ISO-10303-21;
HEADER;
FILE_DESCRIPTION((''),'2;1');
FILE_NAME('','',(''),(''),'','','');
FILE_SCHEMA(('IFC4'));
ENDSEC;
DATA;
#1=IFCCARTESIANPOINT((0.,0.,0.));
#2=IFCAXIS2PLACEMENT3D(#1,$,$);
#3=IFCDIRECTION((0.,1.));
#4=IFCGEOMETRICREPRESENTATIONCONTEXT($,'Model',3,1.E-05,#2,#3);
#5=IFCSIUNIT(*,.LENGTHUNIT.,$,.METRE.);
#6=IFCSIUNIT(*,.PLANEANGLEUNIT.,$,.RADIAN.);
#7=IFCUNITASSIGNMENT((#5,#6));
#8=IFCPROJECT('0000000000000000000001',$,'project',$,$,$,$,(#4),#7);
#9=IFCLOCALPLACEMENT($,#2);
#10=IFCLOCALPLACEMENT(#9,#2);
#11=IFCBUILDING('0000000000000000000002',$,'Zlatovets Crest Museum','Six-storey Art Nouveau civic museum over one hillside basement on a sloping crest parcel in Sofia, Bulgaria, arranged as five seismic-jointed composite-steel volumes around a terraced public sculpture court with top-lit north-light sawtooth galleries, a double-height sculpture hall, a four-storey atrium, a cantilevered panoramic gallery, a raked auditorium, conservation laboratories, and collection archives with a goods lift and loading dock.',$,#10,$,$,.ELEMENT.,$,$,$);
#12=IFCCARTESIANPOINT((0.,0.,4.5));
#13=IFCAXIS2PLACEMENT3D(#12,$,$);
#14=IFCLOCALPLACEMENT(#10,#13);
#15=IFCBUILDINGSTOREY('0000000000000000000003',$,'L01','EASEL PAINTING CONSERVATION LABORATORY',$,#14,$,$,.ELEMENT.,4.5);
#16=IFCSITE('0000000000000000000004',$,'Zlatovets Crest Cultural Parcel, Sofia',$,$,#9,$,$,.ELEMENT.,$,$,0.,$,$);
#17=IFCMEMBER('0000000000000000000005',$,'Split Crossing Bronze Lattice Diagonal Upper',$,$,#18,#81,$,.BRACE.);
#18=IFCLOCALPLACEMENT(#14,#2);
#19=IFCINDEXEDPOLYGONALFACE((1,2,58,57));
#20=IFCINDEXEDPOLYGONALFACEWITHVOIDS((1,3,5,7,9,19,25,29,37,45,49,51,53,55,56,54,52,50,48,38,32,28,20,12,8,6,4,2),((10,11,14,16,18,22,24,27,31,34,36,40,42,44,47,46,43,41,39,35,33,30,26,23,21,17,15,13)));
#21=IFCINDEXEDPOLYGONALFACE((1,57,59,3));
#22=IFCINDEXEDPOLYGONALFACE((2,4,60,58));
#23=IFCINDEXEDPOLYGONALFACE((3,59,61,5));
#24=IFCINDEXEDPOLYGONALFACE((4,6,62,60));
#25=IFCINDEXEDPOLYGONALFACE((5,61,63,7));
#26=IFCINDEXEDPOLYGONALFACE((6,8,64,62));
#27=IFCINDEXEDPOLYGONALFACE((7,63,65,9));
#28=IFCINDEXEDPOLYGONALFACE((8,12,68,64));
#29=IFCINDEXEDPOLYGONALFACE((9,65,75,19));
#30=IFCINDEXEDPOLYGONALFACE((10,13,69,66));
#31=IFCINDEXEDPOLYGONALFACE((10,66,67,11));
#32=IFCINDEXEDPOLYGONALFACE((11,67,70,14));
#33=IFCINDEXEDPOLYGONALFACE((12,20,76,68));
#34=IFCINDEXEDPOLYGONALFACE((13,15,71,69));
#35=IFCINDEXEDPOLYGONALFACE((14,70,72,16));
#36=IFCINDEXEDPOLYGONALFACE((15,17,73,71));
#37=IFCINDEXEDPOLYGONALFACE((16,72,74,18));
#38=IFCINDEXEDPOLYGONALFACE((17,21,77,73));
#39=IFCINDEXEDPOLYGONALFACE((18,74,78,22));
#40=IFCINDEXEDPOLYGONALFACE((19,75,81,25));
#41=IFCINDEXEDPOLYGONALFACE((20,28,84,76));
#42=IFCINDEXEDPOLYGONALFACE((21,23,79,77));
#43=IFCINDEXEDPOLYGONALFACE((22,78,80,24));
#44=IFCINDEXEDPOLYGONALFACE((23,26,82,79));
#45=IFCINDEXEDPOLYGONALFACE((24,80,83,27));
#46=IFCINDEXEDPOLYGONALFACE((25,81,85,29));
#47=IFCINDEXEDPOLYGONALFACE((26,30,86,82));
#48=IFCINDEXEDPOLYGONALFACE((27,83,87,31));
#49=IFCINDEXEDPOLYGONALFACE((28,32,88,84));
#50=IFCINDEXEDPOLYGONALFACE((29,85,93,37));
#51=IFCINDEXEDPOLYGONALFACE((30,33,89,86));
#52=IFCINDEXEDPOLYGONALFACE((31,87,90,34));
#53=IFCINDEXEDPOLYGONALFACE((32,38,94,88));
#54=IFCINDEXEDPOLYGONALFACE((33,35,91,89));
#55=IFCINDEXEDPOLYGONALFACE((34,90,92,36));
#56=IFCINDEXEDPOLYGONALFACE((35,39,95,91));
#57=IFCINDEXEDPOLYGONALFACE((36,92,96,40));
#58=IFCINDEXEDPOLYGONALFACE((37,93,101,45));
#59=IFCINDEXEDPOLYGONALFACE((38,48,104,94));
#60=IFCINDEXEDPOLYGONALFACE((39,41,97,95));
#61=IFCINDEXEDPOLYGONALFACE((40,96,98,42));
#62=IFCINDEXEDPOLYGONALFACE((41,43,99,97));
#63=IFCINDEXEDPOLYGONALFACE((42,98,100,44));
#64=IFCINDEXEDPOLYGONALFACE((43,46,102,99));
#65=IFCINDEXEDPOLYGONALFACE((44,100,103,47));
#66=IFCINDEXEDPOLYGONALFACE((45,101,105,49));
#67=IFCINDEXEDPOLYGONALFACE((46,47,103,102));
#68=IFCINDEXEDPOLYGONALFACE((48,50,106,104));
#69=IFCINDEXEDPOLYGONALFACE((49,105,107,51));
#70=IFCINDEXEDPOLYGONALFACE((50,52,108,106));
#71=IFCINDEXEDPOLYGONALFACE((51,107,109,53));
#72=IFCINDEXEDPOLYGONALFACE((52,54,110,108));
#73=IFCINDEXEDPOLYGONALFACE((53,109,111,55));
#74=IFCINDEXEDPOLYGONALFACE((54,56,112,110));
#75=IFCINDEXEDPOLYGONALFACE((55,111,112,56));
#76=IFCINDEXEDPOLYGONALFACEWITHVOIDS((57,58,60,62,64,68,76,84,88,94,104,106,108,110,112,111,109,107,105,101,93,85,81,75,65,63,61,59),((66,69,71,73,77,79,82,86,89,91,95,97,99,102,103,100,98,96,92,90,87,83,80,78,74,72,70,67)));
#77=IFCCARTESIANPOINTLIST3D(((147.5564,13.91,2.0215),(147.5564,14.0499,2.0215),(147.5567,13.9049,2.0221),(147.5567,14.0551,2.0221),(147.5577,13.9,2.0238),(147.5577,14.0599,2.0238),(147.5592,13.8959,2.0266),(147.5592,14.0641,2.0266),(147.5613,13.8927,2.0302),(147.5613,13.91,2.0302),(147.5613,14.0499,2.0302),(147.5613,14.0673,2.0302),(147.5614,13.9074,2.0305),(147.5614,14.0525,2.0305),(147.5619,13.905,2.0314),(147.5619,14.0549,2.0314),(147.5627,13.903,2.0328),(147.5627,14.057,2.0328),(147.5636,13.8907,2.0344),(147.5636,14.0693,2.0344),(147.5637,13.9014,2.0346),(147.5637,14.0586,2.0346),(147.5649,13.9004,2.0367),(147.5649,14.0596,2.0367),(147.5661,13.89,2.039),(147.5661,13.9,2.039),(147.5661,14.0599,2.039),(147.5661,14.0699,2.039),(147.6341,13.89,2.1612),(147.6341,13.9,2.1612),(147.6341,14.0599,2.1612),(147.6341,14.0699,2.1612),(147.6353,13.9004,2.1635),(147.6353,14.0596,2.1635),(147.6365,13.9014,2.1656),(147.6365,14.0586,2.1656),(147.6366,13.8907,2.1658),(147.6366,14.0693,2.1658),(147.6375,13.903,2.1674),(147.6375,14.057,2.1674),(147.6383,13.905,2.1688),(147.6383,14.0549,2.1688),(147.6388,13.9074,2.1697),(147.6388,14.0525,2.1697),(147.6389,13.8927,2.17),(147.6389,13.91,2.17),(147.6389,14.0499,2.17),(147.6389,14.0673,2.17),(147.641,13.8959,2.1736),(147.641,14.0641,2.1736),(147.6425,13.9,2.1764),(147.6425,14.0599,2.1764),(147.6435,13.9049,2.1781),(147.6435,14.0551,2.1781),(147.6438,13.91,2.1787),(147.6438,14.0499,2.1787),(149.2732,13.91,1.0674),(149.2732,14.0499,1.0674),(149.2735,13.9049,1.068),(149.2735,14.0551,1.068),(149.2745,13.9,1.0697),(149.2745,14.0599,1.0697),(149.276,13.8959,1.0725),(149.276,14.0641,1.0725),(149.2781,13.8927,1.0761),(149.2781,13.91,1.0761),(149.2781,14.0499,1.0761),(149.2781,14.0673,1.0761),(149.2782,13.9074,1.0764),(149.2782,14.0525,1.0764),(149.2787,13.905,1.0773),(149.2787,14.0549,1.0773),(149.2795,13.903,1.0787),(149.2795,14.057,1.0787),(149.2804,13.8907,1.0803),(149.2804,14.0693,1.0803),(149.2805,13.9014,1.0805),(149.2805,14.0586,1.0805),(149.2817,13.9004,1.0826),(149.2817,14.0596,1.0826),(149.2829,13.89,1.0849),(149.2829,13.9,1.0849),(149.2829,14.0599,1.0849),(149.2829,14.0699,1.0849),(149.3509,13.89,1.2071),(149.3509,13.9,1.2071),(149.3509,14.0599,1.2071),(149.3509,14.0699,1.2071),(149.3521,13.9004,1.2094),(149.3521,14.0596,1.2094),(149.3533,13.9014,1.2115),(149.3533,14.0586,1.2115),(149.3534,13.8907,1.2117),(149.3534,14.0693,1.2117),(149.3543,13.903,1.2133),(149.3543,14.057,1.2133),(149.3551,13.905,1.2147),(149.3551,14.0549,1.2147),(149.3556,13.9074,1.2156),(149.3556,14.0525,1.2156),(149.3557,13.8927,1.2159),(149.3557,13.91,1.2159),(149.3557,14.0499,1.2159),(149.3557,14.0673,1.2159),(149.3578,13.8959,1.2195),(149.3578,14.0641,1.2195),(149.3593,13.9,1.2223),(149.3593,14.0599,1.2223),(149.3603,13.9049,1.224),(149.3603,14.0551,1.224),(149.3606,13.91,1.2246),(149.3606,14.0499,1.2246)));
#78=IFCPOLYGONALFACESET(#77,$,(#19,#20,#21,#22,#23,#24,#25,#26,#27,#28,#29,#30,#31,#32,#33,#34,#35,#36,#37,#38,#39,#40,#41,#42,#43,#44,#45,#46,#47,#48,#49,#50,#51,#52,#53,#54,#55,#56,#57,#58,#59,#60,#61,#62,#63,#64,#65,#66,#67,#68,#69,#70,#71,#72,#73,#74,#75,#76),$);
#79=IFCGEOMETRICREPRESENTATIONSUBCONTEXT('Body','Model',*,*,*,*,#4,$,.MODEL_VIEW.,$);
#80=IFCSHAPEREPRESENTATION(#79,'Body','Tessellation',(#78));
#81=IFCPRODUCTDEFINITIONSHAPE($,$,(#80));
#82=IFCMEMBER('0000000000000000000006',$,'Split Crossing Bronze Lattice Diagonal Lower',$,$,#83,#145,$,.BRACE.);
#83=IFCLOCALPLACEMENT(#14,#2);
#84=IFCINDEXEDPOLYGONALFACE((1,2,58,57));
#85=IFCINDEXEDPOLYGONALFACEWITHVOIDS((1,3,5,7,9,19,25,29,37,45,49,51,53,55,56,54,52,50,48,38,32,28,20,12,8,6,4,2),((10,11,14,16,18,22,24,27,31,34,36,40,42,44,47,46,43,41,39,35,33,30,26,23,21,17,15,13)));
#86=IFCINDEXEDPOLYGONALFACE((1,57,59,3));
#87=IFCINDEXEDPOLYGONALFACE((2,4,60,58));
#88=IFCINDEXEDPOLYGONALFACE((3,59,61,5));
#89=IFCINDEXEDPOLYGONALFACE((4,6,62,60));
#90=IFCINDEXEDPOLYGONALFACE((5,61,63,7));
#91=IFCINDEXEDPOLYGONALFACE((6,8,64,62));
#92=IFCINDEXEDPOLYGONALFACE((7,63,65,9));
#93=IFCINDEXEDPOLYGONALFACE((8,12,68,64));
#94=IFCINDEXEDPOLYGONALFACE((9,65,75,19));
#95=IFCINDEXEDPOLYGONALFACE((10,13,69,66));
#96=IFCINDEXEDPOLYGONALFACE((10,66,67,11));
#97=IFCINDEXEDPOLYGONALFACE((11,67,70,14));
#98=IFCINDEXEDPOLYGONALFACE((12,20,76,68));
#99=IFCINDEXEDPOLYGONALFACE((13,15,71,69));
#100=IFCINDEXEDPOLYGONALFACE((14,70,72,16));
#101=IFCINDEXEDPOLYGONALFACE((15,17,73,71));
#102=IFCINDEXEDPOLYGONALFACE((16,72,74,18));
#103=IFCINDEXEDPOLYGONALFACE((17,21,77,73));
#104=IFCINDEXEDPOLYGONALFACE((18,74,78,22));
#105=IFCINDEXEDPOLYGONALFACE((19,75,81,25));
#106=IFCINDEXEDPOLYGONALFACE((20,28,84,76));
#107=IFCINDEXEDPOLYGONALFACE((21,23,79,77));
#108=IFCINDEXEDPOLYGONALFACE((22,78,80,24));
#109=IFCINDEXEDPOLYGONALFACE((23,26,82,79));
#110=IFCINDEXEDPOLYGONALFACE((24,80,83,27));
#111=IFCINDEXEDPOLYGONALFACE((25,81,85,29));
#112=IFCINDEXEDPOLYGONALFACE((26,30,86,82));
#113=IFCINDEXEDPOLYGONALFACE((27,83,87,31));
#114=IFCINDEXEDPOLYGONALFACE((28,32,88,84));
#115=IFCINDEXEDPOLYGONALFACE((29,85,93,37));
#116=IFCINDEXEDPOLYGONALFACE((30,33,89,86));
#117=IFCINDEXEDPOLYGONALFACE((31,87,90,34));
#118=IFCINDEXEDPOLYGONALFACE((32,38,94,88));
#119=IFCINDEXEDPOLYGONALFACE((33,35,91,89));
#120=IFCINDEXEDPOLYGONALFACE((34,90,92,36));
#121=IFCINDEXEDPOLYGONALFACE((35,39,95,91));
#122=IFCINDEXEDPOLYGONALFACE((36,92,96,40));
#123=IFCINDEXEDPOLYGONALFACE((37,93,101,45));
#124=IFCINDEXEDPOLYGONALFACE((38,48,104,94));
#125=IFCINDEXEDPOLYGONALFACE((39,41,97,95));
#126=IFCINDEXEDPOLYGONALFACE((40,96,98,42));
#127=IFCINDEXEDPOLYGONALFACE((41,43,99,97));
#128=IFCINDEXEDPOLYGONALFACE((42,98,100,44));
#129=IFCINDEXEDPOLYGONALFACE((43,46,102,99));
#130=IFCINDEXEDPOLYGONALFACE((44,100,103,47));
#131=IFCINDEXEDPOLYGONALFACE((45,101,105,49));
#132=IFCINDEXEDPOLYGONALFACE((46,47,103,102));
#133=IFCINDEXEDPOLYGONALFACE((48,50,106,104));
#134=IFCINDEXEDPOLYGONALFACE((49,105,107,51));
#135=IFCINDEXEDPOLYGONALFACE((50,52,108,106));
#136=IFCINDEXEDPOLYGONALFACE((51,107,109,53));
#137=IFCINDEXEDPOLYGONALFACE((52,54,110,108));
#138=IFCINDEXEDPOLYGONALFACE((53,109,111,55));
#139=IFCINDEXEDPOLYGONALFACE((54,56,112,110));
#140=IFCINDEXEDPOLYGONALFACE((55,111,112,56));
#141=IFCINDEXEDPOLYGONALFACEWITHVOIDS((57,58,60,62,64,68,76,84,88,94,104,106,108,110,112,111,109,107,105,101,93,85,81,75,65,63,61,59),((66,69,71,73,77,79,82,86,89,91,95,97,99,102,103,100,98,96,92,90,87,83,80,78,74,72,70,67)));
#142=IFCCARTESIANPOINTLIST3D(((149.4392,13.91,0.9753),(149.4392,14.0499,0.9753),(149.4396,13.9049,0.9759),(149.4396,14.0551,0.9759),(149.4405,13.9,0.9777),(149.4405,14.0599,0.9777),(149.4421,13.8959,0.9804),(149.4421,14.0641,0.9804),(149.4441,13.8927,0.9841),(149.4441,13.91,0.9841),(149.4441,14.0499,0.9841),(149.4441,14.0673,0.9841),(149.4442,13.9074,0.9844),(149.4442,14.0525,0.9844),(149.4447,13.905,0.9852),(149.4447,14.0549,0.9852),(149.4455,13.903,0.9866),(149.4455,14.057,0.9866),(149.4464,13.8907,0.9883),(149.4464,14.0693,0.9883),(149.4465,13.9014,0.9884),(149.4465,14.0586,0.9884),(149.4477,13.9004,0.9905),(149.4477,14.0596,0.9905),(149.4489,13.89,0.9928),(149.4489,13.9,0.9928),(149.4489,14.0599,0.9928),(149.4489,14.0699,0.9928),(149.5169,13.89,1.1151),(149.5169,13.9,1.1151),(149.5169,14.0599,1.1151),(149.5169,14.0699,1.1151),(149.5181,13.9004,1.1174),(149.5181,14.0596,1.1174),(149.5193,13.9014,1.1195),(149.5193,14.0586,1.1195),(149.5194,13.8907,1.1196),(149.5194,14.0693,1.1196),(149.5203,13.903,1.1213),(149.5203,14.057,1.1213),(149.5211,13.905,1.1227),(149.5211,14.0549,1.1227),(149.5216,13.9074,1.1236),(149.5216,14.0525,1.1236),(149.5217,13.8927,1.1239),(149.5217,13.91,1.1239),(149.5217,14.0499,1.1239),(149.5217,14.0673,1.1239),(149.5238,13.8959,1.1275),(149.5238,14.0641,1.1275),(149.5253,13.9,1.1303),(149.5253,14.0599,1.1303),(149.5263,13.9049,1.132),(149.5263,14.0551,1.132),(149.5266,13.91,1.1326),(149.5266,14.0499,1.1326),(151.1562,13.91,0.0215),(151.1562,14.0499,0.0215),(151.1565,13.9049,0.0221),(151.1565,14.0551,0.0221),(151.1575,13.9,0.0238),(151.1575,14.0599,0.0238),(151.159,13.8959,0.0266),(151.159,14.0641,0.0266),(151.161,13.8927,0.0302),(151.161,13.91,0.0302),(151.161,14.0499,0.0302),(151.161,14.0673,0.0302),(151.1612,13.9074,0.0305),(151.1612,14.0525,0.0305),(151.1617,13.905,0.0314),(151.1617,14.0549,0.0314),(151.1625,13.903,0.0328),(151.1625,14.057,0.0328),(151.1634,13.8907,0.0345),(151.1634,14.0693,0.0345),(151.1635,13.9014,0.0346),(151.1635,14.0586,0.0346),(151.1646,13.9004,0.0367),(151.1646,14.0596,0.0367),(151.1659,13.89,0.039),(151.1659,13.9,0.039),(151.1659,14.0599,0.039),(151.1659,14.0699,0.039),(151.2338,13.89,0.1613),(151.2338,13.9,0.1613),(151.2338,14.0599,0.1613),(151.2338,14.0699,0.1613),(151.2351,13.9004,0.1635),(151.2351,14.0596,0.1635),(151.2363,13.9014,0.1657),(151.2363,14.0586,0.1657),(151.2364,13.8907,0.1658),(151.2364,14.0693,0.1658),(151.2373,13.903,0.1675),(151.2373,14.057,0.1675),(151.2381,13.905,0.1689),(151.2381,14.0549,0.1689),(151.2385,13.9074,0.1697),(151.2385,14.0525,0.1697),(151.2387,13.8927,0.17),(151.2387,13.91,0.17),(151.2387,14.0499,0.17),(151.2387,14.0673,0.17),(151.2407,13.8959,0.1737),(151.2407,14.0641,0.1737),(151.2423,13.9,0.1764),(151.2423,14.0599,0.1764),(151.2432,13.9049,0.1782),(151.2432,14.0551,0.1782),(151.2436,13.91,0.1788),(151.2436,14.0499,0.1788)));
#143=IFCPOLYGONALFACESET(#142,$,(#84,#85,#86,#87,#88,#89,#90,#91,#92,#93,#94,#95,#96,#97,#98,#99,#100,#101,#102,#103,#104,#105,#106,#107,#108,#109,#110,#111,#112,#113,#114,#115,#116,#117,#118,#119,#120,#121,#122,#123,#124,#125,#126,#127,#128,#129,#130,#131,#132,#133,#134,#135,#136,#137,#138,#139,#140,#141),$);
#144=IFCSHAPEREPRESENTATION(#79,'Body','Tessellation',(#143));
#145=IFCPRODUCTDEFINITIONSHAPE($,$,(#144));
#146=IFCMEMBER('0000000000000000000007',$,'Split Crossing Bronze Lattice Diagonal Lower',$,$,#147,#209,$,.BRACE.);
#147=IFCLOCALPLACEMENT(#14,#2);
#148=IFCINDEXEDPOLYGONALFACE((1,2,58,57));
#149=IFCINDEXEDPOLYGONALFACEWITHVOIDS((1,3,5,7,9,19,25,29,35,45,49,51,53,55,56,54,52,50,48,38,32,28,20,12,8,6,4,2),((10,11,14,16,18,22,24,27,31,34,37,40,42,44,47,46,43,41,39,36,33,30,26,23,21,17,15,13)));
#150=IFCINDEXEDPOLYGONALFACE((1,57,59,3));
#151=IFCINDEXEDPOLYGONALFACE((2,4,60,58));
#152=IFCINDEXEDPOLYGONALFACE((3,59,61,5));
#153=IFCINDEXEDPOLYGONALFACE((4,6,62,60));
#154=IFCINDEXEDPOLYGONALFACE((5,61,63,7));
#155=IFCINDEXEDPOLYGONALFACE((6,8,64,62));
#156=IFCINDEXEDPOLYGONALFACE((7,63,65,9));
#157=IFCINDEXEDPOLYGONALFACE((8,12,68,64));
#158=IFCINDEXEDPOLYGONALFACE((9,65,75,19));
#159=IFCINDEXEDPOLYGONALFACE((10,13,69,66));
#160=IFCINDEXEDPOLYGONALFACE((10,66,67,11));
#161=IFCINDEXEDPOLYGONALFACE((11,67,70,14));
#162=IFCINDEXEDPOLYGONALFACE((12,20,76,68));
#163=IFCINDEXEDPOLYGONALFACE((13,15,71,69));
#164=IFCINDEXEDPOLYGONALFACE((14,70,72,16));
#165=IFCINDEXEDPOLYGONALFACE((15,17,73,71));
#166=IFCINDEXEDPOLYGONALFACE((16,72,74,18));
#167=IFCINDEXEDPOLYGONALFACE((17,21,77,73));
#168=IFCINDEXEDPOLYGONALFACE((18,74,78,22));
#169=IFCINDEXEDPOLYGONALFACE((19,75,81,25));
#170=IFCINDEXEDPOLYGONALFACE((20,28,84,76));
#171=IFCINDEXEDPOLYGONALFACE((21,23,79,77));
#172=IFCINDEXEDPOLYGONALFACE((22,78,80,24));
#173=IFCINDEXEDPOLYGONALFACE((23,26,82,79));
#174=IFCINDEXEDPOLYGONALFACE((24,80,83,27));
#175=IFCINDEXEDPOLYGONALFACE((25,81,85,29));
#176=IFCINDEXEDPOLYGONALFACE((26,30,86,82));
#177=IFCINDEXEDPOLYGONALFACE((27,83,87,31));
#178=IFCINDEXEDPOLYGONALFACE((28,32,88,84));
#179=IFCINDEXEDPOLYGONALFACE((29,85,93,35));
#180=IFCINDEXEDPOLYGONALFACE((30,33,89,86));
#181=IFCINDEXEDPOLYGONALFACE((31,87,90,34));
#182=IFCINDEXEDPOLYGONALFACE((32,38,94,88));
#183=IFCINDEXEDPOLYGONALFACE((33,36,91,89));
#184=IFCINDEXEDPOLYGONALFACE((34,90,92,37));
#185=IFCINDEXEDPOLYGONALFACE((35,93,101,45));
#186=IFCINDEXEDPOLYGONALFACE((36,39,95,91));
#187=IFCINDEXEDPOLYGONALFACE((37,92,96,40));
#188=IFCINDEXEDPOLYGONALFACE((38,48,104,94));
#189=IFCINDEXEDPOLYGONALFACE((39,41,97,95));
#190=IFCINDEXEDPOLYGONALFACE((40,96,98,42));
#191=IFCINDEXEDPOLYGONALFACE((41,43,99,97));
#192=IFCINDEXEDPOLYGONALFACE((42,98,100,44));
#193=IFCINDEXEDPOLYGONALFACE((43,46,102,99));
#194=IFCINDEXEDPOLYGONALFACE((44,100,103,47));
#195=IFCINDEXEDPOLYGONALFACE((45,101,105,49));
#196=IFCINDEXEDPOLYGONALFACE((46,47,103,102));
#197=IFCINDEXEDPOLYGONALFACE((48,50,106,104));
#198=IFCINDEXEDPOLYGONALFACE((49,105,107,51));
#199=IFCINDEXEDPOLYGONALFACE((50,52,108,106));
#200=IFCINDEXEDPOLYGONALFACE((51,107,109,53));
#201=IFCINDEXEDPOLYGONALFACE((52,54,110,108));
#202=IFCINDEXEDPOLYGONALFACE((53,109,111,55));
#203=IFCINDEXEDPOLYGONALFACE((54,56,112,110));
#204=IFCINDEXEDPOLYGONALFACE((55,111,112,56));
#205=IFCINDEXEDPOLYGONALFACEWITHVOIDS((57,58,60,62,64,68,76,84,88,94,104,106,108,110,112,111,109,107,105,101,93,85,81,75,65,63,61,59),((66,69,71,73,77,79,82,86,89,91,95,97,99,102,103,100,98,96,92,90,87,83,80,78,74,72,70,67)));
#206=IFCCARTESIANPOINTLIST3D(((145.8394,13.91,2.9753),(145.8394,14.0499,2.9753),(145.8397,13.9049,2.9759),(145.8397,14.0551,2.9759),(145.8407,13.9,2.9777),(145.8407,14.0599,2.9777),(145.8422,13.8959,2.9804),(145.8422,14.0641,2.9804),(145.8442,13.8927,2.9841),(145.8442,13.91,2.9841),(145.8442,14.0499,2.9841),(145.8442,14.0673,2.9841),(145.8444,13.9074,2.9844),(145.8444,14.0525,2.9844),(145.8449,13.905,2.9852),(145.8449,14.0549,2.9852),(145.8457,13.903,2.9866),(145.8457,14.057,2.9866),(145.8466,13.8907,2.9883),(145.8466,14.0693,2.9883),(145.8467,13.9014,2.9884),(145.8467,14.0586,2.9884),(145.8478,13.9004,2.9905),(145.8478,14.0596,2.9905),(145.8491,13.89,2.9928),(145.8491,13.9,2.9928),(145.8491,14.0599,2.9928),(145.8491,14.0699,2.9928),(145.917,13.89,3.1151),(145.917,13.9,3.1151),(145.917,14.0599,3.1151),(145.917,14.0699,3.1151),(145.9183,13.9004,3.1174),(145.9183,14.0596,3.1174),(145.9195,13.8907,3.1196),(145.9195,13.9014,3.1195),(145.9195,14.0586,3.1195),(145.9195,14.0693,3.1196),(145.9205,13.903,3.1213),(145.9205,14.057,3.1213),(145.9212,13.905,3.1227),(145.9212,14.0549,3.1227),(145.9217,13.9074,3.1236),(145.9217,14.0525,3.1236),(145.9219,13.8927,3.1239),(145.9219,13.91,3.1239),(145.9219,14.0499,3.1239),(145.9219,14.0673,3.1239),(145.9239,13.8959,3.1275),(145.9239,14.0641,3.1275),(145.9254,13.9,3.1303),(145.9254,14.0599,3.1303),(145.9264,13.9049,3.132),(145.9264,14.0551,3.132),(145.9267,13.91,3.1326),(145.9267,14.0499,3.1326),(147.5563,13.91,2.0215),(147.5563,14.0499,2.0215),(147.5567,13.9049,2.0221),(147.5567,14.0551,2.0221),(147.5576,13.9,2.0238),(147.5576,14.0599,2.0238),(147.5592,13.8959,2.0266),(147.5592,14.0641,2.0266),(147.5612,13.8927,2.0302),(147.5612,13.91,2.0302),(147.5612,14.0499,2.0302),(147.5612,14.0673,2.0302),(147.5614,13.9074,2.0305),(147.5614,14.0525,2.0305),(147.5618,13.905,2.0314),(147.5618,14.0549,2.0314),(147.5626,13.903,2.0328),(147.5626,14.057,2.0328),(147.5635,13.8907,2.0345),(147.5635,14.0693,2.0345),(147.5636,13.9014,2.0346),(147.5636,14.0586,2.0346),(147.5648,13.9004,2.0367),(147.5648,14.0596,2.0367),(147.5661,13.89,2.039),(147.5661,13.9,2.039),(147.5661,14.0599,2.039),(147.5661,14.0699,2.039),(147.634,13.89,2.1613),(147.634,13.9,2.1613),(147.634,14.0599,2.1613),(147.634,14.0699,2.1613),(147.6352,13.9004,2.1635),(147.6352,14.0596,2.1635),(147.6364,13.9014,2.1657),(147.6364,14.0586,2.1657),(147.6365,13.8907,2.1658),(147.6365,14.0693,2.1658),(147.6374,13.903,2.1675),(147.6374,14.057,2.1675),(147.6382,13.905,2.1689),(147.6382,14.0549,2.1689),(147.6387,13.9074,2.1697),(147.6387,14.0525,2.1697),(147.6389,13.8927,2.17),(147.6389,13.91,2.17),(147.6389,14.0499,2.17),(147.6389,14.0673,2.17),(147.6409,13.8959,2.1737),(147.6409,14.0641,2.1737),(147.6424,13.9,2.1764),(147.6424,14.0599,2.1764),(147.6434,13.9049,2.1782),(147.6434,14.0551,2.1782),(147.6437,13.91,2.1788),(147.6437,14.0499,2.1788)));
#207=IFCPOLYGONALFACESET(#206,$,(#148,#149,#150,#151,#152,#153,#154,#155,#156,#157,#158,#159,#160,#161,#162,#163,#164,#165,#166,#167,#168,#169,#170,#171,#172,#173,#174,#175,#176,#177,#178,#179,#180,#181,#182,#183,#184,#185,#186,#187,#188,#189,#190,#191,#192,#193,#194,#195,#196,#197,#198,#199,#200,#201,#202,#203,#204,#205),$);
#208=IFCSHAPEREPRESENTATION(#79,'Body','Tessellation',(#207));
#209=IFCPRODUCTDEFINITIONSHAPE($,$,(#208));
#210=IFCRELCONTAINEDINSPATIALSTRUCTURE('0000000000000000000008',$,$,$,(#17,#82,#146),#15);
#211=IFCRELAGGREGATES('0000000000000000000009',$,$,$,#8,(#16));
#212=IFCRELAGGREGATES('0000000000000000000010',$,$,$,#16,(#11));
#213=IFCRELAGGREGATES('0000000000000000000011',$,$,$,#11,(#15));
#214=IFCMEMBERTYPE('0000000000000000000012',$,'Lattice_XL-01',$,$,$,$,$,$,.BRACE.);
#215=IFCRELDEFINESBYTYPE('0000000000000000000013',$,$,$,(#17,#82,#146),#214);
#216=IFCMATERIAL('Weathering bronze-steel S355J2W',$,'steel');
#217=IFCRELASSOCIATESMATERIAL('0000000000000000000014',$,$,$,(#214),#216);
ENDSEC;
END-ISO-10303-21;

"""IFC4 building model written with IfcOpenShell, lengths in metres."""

from ifc_helpers import new_model, si_unit, direction, frame, origin, origin_2d, place, context, subcontext, project, spatial, hollow_rectangle, extrude, material, material_profile, profile_set, type_object, element, save


model = new_model("IFC4")

# Units and contexts
model_context = context("Model", 3, precision=1e-05, world=origin(), true_north=direction((0.0, 1.0)))
body_context = subcontext(model_context, "Body", "Model", "MODEL_VIEW")
ifc_project = project(units=[si_unit("LENGTHUNIT", "METRE"), si_unit("PLANEANGLEUNIT", "RADIAN")], contexts=[model_context])

# Site, building, storey
site_placement = place(None, origin())
site = spatial("IfcSite", under=ifc_project, at=site_placement, Name="Zlatovets Crest Cultural Parcel, Sofia", CompositionType="ELEMENT", RefElevation=0.0)
building_placement = place(site_placement, origin())
building = spatial("IfcBuilding", under=site, at=building_placement, Name="Zlatovets Crest Museum", Description="Six-storey Art Nouveau civic museum over one hillside basement on a sloping crest parcel in Sofia, Bulgaria, arranged as five seismic-jointed composite-steel volumes around a terraced public sculpture court with top-lit north-light sawtooth galleries, a double-height sculpture hall, a four-storey atrium, a cantilevered panoramic gallery, a raked auditorium, conservation laboratories, and collection archives with a goods lift and loading dock.", CompositionType="ELEMENT")
storey_placement = place(building_placement, frame((0.0, 0.0, 4.5)))
storey = spatial("IfcBuildingStorey", under=building, at=storey_placement, Name="L01", Description="EASEL PAINTING CONSERVATION LABORATORY", CompositionType="ELEMENT", Elevation=4.5)

# Members
ifc_material_1 = material(Name="Weathering bronze-steel S355J2W", Category="steel")
ifc_material_profile_1 = material_profile(ifc_material_1, hollow_rectangle(XDim=0.1799, YDim=0.1799, WallThickness=0.01, InnerFilletRadius=0.01, OuterFilletRadius=0.02, at=origin_2d()), Name="SHS 180x180x10.0")
ifc_profile_set_1 = profile_set([ifc_material_profile_1], Name="Weathering bronze-steel S355J2W")
member_type_1 = type_object("IfcMemberType", Name="Lattice_XL-01", PredefinedType="BRACE", material=ifc_profile_set_1)
for number, where, z_axis, x_axis, name in (
    (1, (147.6001, 13.98, 2.1001), (0.874087, 0.0, -0.48577), (0.0, 1.0, 0.0), "Split Crossing Bronze Lattice Diagonal Upper"),
    (2, (149.4829, 13.98, 1.054), (0.874169, 0.0, -0.485622), (0.0, 1.0, 0.0), "Split Crossing Bronze Lattice Diagonal Lower"),
    (3, (145.8831, 13.98, 3.054), (0.874169, 0.0, -0.485622), (0.0, 1.0, 0.0), "Split Crossing Bronze Lattice Diagonal Lower"),
):
    element("IfcMember", number, at=place(storey_placement, frame(where, z_axis=z_axis, x_axis=x_axis)), inside=storey, type_object=member_type_1, Name=name, PredefinedType="BRACE", context=body_context, shape_type="SweptSolid", body=[
        extrude(hollow_rectangle(XDim=0.1799, YDim=0.1799, WallThickness=0.01, InnerFilletRadius=0.01, OuterFilletRadius=0.02, at=origin_2d()), origin(), (0.0, 0.0, 1.0), 1.9641),
    ])

save(model, "model.ifc")
